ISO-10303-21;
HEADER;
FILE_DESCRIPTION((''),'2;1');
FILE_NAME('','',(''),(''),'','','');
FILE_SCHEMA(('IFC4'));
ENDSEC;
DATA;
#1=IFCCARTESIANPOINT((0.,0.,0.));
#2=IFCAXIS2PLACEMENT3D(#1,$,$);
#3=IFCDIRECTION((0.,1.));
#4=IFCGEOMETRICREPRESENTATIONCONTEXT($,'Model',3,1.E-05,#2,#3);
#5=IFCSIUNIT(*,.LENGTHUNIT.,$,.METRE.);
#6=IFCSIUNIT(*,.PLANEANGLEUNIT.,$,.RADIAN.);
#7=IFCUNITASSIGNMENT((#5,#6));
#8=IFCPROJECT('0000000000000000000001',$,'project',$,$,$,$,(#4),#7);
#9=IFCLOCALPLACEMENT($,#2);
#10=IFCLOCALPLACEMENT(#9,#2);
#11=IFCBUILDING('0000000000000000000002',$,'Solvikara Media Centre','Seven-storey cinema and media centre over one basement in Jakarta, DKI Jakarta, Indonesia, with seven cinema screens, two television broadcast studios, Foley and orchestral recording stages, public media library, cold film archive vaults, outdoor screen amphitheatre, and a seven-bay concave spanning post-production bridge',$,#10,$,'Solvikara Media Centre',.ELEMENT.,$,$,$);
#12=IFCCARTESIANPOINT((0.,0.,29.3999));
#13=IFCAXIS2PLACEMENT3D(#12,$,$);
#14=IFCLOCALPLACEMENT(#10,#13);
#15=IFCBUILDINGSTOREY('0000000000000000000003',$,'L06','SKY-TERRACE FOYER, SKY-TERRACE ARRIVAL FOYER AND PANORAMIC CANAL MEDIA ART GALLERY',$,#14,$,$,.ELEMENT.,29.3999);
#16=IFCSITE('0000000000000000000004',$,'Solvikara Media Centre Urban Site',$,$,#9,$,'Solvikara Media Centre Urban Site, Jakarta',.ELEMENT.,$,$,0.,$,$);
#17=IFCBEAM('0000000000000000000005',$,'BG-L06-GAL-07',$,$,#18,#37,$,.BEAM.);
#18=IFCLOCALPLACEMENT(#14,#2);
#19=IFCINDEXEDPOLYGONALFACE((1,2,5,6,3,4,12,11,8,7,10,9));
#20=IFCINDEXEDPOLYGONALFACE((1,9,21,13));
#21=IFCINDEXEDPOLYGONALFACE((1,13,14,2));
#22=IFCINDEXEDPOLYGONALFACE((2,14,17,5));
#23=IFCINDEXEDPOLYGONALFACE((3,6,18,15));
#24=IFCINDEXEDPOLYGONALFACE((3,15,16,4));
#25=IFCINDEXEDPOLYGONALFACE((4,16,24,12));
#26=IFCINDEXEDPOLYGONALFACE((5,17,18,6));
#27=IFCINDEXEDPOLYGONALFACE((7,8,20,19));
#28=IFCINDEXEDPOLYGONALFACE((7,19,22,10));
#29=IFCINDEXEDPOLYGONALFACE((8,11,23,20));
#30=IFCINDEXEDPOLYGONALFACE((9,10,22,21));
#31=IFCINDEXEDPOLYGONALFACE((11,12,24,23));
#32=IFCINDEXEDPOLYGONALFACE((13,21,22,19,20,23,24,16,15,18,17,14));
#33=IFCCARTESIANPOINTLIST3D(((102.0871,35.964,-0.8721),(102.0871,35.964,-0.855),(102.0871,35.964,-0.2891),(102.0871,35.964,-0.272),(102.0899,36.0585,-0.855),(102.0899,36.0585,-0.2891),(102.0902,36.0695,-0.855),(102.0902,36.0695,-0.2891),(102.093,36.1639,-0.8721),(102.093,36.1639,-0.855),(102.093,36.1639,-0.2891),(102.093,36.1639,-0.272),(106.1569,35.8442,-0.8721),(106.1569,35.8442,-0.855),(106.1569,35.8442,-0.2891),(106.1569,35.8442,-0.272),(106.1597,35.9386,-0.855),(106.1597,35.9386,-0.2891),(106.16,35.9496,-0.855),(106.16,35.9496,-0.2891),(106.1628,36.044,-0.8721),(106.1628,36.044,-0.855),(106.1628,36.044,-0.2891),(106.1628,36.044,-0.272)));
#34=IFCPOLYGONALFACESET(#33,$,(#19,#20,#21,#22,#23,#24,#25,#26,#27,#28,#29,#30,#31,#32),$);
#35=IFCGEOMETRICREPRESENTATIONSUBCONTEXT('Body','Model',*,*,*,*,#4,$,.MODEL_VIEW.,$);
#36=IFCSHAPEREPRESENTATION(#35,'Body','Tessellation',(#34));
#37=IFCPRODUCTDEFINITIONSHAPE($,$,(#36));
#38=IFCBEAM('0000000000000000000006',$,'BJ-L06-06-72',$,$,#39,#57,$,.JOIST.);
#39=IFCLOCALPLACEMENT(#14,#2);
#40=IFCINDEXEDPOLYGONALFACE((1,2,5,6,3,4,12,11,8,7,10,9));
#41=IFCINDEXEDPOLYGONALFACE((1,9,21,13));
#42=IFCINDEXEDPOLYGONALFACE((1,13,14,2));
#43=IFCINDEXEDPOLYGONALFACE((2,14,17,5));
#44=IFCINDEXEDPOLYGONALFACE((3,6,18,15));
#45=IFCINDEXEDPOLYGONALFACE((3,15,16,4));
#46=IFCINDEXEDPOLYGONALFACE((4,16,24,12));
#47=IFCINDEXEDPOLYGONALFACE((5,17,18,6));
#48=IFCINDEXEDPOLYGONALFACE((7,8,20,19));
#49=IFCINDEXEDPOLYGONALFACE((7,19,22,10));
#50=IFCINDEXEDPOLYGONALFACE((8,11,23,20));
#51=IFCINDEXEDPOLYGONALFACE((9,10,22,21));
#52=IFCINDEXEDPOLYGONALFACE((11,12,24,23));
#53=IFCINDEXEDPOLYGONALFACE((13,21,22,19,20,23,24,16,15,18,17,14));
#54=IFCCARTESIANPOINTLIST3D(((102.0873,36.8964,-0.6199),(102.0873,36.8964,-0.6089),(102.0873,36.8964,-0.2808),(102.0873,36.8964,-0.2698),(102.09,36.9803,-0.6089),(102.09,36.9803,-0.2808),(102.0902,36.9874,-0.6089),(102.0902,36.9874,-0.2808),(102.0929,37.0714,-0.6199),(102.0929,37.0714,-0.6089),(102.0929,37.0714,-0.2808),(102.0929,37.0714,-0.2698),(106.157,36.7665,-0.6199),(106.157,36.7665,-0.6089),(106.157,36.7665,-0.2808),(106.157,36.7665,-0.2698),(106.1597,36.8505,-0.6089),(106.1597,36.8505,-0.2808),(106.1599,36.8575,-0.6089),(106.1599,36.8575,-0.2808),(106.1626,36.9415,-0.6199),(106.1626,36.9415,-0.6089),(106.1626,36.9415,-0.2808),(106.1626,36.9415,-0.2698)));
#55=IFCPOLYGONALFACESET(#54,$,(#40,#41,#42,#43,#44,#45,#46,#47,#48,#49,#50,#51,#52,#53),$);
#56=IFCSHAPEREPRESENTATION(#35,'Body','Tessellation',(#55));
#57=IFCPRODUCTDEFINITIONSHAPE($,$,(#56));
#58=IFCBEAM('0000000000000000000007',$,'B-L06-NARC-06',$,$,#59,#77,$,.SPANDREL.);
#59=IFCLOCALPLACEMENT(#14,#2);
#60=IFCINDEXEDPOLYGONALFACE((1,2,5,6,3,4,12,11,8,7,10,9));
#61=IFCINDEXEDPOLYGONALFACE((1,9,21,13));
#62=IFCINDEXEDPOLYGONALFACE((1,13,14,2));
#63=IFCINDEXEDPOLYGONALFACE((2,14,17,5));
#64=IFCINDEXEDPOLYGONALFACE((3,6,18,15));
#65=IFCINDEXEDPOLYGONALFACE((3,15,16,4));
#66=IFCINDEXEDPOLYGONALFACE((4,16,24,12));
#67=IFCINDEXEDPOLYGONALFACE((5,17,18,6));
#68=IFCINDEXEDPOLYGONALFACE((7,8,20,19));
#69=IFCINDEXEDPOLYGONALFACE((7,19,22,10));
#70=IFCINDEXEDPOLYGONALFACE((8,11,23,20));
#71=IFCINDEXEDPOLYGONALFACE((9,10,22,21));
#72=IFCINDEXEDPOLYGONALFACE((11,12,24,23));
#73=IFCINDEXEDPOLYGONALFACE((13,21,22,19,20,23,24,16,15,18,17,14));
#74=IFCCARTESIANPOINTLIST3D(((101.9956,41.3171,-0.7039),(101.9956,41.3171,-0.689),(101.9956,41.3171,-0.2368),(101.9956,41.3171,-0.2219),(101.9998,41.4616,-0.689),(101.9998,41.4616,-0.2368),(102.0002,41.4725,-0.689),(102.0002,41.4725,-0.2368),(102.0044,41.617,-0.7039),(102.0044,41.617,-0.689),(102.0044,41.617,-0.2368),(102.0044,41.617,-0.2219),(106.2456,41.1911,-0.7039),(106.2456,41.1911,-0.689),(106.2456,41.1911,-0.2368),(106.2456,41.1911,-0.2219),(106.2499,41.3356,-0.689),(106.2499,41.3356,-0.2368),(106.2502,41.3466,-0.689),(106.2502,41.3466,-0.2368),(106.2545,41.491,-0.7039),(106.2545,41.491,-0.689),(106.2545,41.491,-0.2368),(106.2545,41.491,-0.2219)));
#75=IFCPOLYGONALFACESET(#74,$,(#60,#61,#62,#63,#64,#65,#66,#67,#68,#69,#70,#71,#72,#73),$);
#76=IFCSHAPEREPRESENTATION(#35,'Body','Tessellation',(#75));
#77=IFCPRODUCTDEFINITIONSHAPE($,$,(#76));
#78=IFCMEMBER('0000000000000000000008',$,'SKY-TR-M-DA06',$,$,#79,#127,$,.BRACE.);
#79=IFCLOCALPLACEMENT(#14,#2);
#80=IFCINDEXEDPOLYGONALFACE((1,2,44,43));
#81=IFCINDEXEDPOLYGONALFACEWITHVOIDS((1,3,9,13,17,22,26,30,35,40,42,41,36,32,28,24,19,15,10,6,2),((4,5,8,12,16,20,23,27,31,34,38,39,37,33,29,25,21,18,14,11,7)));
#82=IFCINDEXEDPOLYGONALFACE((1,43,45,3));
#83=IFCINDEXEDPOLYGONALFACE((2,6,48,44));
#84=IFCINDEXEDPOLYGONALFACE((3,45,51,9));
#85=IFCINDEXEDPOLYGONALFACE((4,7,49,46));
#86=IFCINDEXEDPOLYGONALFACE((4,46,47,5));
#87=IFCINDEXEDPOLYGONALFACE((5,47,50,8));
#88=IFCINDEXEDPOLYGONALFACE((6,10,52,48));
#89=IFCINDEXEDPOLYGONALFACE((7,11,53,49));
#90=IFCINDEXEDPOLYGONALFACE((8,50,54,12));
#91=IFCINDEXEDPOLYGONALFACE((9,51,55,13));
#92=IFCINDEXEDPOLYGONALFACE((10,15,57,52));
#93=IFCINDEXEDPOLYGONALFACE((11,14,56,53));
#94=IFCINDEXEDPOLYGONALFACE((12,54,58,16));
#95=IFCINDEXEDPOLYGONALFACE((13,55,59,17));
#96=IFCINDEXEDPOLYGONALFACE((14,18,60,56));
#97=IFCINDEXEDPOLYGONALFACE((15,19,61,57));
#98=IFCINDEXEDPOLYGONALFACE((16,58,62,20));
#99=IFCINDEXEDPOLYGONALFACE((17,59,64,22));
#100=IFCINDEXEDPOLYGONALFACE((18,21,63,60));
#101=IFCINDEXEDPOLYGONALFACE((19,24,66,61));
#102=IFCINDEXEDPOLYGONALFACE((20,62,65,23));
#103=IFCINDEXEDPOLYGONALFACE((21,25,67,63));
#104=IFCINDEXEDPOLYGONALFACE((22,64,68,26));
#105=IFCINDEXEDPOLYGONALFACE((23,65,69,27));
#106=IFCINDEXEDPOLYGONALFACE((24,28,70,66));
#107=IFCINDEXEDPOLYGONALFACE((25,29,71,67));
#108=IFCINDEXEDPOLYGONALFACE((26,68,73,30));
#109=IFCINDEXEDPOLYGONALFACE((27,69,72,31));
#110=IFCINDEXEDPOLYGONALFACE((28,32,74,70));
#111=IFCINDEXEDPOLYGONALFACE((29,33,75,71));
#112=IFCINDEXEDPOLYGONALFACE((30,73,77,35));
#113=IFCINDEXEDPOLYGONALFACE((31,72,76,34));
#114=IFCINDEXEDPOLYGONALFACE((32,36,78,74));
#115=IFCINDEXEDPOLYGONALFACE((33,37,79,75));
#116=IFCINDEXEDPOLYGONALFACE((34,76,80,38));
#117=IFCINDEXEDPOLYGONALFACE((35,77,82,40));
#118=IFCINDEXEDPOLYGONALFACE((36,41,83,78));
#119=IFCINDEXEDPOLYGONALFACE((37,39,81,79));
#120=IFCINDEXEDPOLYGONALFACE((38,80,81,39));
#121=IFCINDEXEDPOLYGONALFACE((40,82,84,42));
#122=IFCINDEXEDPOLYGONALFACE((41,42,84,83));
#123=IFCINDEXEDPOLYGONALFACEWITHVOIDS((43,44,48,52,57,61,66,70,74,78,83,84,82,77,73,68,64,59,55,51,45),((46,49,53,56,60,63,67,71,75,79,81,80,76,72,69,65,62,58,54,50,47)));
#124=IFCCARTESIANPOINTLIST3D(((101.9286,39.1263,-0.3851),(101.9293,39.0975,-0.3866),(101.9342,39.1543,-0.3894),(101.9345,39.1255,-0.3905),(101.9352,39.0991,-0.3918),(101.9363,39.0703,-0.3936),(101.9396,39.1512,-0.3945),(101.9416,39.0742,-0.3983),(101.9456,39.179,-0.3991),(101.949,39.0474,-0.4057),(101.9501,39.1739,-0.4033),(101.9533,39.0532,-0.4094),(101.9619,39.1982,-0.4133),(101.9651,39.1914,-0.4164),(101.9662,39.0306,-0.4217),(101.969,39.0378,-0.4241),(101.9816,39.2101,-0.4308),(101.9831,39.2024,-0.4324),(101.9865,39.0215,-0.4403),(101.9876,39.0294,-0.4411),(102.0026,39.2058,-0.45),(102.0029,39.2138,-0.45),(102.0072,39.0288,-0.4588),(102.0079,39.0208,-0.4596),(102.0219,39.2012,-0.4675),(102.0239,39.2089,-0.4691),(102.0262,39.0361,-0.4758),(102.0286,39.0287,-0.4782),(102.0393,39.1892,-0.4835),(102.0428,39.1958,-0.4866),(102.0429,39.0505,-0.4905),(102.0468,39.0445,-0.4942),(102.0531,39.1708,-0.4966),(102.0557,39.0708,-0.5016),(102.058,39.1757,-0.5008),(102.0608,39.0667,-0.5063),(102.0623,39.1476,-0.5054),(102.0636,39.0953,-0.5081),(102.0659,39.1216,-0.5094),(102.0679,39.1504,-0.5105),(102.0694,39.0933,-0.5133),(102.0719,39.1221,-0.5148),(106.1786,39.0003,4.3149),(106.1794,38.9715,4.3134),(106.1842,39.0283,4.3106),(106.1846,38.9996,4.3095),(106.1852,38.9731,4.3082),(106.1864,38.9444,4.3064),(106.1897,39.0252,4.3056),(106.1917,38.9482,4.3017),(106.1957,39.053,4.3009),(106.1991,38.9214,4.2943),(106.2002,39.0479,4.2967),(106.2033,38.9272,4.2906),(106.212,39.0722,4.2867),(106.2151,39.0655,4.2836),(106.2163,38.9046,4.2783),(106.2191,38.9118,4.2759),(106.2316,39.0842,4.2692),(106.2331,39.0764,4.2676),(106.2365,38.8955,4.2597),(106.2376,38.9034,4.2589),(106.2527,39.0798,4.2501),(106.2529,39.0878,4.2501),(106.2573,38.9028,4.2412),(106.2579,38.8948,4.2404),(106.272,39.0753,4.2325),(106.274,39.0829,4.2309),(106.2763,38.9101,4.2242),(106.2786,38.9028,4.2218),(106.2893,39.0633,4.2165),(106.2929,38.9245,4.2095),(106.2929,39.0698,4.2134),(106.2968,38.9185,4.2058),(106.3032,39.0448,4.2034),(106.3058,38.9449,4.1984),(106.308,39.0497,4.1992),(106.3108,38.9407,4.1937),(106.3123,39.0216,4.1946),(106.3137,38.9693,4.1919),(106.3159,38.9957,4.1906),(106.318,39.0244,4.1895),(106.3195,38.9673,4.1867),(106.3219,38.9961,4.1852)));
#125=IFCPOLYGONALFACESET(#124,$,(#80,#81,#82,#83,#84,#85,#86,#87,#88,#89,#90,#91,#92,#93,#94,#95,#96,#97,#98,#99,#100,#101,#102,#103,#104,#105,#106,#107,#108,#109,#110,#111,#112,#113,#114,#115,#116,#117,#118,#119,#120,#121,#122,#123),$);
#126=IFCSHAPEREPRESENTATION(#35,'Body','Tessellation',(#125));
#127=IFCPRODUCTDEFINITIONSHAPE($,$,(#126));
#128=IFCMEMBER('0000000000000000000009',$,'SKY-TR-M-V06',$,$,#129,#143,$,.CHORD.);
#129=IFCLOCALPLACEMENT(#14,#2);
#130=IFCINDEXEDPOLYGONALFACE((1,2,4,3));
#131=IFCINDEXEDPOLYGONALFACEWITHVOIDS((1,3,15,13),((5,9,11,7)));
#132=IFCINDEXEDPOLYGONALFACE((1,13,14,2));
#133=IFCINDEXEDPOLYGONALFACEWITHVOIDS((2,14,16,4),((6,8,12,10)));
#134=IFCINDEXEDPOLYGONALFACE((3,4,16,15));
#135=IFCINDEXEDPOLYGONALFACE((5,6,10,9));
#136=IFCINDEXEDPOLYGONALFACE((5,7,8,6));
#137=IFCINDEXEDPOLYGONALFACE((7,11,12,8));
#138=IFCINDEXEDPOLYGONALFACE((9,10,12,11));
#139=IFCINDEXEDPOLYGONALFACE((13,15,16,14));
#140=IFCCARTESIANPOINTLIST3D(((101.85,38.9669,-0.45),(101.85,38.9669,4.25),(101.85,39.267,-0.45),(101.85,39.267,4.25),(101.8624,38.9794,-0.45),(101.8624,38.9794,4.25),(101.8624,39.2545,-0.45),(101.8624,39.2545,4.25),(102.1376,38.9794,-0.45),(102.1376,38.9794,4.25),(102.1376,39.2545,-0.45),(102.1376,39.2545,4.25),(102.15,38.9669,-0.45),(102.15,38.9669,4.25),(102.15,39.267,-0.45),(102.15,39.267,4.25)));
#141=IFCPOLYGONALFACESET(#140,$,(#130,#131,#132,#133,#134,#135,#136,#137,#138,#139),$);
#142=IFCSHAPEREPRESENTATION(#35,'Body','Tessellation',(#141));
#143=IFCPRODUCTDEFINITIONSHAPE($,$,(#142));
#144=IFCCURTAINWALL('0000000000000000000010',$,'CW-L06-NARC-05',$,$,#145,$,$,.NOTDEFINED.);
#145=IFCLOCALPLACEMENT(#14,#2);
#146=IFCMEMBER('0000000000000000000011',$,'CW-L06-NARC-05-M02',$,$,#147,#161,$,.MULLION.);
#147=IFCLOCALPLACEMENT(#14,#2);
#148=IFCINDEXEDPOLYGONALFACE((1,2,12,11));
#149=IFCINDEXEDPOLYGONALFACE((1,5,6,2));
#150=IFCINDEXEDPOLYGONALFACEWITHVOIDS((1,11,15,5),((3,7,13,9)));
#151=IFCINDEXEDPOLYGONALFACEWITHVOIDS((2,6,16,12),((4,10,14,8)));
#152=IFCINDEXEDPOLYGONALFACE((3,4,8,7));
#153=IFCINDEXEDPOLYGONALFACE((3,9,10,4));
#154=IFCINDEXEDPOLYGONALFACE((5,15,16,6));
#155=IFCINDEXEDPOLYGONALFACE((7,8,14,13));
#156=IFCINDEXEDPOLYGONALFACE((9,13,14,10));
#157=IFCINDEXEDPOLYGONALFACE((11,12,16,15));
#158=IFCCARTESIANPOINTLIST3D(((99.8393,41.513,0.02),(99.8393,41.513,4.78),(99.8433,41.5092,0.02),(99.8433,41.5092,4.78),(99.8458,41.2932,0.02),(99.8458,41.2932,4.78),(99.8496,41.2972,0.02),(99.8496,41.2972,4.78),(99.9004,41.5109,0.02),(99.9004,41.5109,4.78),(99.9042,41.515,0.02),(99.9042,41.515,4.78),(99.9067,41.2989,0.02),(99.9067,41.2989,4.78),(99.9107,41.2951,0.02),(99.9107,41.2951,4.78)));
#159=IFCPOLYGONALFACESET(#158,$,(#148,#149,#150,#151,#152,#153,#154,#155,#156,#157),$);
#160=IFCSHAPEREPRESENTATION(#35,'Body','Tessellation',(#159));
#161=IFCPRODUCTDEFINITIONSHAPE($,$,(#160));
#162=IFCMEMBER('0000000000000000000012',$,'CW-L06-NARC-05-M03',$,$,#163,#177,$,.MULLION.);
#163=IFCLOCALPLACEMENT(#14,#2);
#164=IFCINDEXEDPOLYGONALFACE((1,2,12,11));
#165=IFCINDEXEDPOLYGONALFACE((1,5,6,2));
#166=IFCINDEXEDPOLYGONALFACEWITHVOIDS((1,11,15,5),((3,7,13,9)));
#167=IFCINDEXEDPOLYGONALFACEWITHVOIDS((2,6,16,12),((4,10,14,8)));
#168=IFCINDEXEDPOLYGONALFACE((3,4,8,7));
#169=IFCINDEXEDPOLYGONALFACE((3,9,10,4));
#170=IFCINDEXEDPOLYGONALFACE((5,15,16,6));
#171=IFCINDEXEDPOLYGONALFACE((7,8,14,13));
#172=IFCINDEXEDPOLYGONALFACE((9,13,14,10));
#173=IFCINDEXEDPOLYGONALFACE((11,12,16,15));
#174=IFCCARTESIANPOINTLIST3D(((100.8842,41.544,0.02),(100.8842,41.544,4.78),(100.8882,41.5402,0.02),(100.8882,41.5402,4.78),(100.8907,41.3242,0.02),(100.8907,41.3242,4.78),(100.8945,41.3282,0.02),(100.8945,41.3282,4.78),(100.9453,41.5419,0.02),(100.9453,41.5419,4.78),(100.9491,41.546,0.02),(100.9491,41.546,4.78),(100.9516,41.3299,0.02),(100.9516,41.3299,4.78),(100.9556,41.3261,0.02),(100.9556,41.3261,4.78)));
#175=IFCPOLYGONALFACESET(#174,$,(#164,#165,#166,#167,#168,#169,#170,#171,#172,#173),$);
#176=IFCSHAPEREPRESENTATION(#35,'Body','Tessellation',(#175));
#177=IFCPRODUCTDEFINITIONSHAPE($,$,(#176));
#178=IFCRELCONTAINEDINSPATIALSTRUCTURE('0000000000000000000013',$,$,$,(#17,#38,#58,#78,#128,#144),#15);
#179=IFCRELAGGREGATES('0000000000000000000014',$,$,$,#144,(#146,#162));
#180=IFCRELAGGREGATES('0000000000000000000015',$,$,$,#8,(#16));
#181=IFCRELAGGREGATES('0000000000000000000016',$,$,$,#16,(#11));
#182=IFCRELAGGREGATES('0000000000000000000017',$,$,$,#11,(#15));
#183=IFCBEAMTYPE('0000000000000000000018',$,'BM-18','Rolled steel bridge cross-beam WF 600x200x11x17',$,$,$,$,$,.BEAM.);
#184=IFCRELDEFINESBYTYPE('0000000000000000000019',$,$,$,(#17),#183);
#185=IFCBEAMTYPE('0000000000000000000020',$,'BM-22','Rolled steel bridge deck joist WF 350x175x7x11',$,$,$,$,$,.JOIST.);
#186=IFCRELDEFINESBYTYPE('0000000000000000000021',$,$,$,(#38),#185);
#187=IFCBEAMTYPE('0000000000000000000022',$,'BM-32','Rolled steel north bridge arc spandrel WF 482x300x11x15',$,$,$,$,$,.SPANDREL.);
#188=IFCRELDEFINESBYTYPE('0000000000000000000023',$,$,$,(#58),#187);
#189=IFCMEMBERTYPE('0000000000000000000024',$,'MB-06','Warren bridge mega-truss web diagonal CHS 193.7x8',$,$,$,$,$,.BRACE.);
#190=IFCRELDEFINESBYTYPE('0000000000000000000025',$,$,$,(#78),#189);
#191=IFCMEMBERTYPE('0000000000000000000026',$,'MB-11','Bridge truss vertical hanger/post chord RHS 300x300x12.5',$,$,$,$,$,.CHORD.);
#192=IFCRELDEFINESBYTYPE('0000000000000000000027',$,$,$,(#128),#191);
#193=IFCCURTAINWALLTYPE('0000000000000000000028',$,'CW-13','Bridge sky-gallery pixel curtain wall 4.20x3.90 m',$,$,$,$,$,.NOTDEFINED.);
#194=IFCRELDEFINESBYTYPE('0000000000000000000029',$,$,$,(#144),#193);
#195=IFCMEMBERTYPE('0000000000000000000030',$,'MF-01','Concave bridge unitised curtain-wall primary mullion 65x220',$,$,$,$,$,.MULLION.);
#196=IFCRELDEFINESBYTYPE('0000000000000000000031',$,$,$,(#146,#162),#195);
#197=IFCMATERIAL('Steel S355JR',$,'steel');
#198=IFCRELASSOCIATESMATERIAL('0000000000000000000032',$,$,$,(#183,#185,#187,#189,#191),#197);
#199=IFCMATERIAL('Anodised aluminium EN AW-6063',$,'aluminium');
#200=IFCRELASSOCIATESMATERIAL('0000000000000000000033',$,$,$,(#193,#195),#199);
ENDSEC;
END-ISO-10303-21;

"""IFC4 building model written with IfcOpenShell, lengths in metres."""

from ifc_helpers import new_model, si_unit, direction, frame, origin, origin_2d, place, context, subcontext, project, spatial, hollow_rectangle, hollow_circle, i_section, extrude, material, material_profile, profile_set, type_object, element, aggregate, save


model = new_model("IFC4")

# Units and contexts
model_context = context("Model", 3, precision=1e-05, world=origin(), true_north=direction((0.0, 1.0)))
body_context = subcontext(model_context, "Body", "Model", "MODEL_VIEW")
ifc_project = project(units=[si_unit("LENGTHUNIT", "METRE"), si_unit("PLANEANGLEUNIT", "RADIAN")], contexts=[model_context])

# Site, building, storey
site_placement = place(None, origin())
site = spatial("IfcSite", under=ifc_project, at=site_placement, Name="Solvikara Media Centre Urban Site", LongName="Solvikara Media Centre Urban Site, Jakarta", CompositionType="ELEMENT", RefElevation=0.0)
building_placement = place(site_placement, origin())
building = spatial("IfcBuilding", under=site, at=building_placement, Name="Solvikara Media Centre", Description="Seven-storey cinema and media centre over one basement in Jakarta, DKI Jakarta, Indonesia, with seven cinema screens, two television broadcast studios, Foley and orchestral recording stages, public media library, cold film archive vaults, outdoor screen amphitheatre, and a seven-bay concave spanning post-production bridge", LongName="Solvikara Media Centre", CompositionType="ELEMENT")
storey_placement = place(building_placement, frame((0.0, 0.0, 29.3999)))
storey = spatial("IfcBuildingStorey", under=building, at=storey_placement, Name="L06", Description="SKY-TERRACE FOYER, SKY-TERRACE ARRIVAL FOYER AND PANORAMIC CANAL MEDIA ART GALLERY", CompositionType="ELEMENT", Elevation=29.3999)

# Beams
ifc_material_1 = material(Name="Steel S355JR", Category="steel")
ifc_material_profile_1 = material_profile(ifc_material_1, i_section(OverallWidth=0.2, OverallDepth=0.6001, WebThickness=0.011, FlangeThickness=0.0171, at=origin_2d()), Name="WF 600x200x11x17")
ifc_profile_set_1 = profile_set([ifc_material_profile_1], Name="Steel S355JR")
beam_type_1 = type_object("IfcBeamType", Name="BM-18", Description="Rolled steel bridge cross-beam WF 600x200x11x17", PredefinedType="BEAM", material=ifc_profile_set_1)
beam_1_placement = place(storey_placement, frame((102.0901, 36.064, -0.572), z_axis=(0.999567, -0.029441, 0.0), x_axis=(0.029441, 0.999567, 0.0)))
element("IfcBeam", 1, at=beam_1_placement, inside=storey, type_object=beam_type_1, Name="BG-L06-GAL-07", PredefinedType="BEAM", context=body_context, shape_type="SweptSolid", body=[
    extrude(i_section(OverallWidth=0.2, OverallDepth=0.6001, WebThickness=0.011, FlangeThickness=0.0171, at=origin_2d()), origin(), (0.0, 0.0, 1.0), 4.0715),
])
ifc_material_profile_2 = material_profile(ifc_material_1, i_section(OverallWidth=0.175, OverallDepth=0.3501, WebThickness=0.0071, FlangeThickness=0.011, at=origin_2d()), Name="WF 350x175x7x11")
ifc_profile_set_2 = profile_set([ifc_material_profile_2], Name="Steel S355JR")
beam_type_2 = type_object("IfcBeamType", Name="BM-22", Description="Rolled steel bridge deck joist WF 350x175x7x11", PredefinedType="JOIST", material=ifc_profile_set_2)
beam_2_placement = place(storey_placement, frame((102.0901, 36.9839, -0.4448), z_axis=(0.999491, -0.031897, 0.0), x_axis=(0.031897, 0.999491, 0.0)))
element("IfcBeam", 2, at=beam_2_placement, inside=storey, type_object=beam_type_2, Name="BJ-L06-06-72", PredefinedType="JOIST", context=body_context, shape_type="SweptSolid", body=[
    extrude(i_section(OverallWidth=0.175, OverallDepth=0.3501, WebThickness=0.0071, FlangeThickness=0.011, at=origin_2d()), origin(), (0.0, 0.0, 1.0), 4.0718),
])
ifc_material_profile_3 = material_profile(ifc_material_1, i_section(OverallWidth=0.3, OverallDepth=0.4819, WebThickness=0.011, FlangeThickness=0.0149, at=origin_2d()), Name="WF 482x300x11x15")
ifc_profile_set_3 = profile_set([ifc_material_profile_3], Name="Steel S355JR")
beam_type_3 = type_object("IfcBeamType", Name="BM-32", Description="Rolled steel north bridge arc spandrel WF 482x300x11x15", PredefinedType="SPANDREL", material=ifc_profile_set_3)
beam_3_placement = place(storey_placement, frame((102.0, 41.467, -0.4629), z_axis=(0.999561, -0.029629, 0.0), x_axis=(0.029629, 0.999561, 0.0)))
element("IfcBeam", 3, at=beam_3_placement, inside=storey, type_object=beam_type_3, Name="B-L06-NARC-06", PredefinedType="SPANDREL", context=body_context, shape_type="SweptSolid", body=[
    extrude(i_section(OverallWidth=0.3, OverallDepth=0.4819, WebThickness=0.011, FlangeThickness=0.0149, at=origin_2d()), origin(), (0.0, 0.0, 1.0), 4.252),
])

# Members
ifc_material_profile_4 = material_profile(ifc_material_1, hollow_circle(Radius=0.0969, WallThickness=0.0081, at=origin_2d()), Name="CHS 193.7x8")
ifc_profile_set_4 = profile_set([ifc_material_profile_4], Name="Steel S355JR")
member_type_1 = type_object("IfcMemberType", Name="MB-06", Description="Warren bridge mega-truss web diagonal CHS 193.7x8", PredefinedType="BRACE", material=ifc_profile_set_4)
member_1_placement = place(storey_placement, frame((102.0, 39.1169, -0.45), z_axis=(0.670578, -0.019877, 0.741573), x_axis=(0.029629, 0.999561, 0.0)))
element("IfcMember", 4, at=member_1_placement, inside=storey, type_object=member_type_1, Name="SKY-TR-M-DA06", PredefinedType="BRACE", context=body_context, shape_type="SweptSolid", body=[
    extrude(hollow_circle(Radius=0.0969, WallThickness=0.0081, at=origin_2d()), origin(), (0.0, 0.0, 1.0), 6.3379),
])
ifc_material_profile_5 = material_profile(ifc_material_1, hollow_rectangle(XDim=0.3, YDim=0.3, WallThickness=0.0125, at=origin_2d()), Name="RHS 300x300x12.5")
ifc_profile_set_5 = profile_set([ifc_material_profile_5], Name="Steel S355JR")
member_type_2 = type_object("IfcMemberType", Name="MB-11", Description="Bridge truss vertical hanger/post chord RHS 300x300x12.5", PredefinedType="CHORD", material=ifc_profile_set_5)
member_2_placement = place(storey_placement, frame((102.0, 39.1169, -0.45), z_axis=(0.0, 0.0, 1.0), x_axis=(1.0, 0.0, 0.0)))
element("IfcMember", 5, at=member_2_placement, inside=storey, type_object=member_type_2, Name="SKY-TR-M-V06", PredefinedType="CHORD", context=body_context, shape_type="SweptSolid", body=[
    extrude(hollow_rectangle(XDim=0.3, YDim=0.3, WallThickness=0.0125, at=origin_2d()), origin(), (0.0, 0.0, 1.0), 4.7),
])

# Curtain wall, members
ifc_material_2 = material(Name="Anodised aluminium EN AW-6063", Category="aluminium")
curtain_wall_type = type_object("IfcCurtainWallType", Name="CW-13", Description="Bridge sky-gallery pixel curtain wall 4.20x3.90 m", PredefinedType="NOTDEFINED", material=ifc_material_2)
curtain_wall_1_placement = place(storey_placement, origin())
curtain_wall_1 = element("IfcCurtainWall", 6, at=curtain_wall_1_placement, inside=storey, type_object=curtain_wall_type, Name="CW-L06-NARC-05", PredefinedType="NOTDEFINED")
ifc_material_profile_6 = material_profile(ifc_material_2, hollow_rectangle(XDim=0.0649, YDim=0.22, WallThickness=0.0039, at=origin_2d()), Name="ALU-M 65x220x4")
ifc_profile_set_6 = profile_set([ifc_material_profile_6], Name="Anodised aluminium EN AW-6063")
member_type_3 = type_object("IfcMemberType", Name="MF-01", Description="Concave bridge unitised curtain-wall primary mullion 65x220", PredefinedType="MULLION", material=ifc_profile_set_6)
member_3_placement = place(storey_placement, frame((99.875, 41.4041, 0.02), z_axis=(0.0, 0.0, 1.0), x_axis=(0.99956, 0.029649, 0.0)))
member_3 = element("IfcMember", 7, at=member_3_placement, type_object=member_type_3, Name="CW-L06-NARC-05-M02", PredefinedType="MULLION", context=body_context, shape_type="SweptSolid", body=[
    extrude(hollow_rectangle(XDim=0.0649, YDim=0.22, WallThickness=0.0039, at=origin_2d()), origin(), (0.0, 0.0, 1.0), 4.76),
])
member_4_placement = place(storey_placement, frame((100.9199, 41.4351, 0.02), z_axis=(0.0, 0.0, 1.0), x_axis=(0.99956, 0.029649, 0.0)))
member_4 = element("IfcMember", 8, at=member_4_placement, type_object=member_type_3, Name="CW-L06-NARC-05-M03", PredefinedType="MULLION", context=body_context, shape_type="SweptSolid", body=[
    extrude(hollow_rectangle(XDim=0.0649, YDim=0.22, WallThickness=0.0039, at=origin_2d()), origin(), (0.0, 0.0, 1.0), 4.76),
])

aggregate(curtain_wall_1, [member_3, member_4])

save(model, "model.ifc")
